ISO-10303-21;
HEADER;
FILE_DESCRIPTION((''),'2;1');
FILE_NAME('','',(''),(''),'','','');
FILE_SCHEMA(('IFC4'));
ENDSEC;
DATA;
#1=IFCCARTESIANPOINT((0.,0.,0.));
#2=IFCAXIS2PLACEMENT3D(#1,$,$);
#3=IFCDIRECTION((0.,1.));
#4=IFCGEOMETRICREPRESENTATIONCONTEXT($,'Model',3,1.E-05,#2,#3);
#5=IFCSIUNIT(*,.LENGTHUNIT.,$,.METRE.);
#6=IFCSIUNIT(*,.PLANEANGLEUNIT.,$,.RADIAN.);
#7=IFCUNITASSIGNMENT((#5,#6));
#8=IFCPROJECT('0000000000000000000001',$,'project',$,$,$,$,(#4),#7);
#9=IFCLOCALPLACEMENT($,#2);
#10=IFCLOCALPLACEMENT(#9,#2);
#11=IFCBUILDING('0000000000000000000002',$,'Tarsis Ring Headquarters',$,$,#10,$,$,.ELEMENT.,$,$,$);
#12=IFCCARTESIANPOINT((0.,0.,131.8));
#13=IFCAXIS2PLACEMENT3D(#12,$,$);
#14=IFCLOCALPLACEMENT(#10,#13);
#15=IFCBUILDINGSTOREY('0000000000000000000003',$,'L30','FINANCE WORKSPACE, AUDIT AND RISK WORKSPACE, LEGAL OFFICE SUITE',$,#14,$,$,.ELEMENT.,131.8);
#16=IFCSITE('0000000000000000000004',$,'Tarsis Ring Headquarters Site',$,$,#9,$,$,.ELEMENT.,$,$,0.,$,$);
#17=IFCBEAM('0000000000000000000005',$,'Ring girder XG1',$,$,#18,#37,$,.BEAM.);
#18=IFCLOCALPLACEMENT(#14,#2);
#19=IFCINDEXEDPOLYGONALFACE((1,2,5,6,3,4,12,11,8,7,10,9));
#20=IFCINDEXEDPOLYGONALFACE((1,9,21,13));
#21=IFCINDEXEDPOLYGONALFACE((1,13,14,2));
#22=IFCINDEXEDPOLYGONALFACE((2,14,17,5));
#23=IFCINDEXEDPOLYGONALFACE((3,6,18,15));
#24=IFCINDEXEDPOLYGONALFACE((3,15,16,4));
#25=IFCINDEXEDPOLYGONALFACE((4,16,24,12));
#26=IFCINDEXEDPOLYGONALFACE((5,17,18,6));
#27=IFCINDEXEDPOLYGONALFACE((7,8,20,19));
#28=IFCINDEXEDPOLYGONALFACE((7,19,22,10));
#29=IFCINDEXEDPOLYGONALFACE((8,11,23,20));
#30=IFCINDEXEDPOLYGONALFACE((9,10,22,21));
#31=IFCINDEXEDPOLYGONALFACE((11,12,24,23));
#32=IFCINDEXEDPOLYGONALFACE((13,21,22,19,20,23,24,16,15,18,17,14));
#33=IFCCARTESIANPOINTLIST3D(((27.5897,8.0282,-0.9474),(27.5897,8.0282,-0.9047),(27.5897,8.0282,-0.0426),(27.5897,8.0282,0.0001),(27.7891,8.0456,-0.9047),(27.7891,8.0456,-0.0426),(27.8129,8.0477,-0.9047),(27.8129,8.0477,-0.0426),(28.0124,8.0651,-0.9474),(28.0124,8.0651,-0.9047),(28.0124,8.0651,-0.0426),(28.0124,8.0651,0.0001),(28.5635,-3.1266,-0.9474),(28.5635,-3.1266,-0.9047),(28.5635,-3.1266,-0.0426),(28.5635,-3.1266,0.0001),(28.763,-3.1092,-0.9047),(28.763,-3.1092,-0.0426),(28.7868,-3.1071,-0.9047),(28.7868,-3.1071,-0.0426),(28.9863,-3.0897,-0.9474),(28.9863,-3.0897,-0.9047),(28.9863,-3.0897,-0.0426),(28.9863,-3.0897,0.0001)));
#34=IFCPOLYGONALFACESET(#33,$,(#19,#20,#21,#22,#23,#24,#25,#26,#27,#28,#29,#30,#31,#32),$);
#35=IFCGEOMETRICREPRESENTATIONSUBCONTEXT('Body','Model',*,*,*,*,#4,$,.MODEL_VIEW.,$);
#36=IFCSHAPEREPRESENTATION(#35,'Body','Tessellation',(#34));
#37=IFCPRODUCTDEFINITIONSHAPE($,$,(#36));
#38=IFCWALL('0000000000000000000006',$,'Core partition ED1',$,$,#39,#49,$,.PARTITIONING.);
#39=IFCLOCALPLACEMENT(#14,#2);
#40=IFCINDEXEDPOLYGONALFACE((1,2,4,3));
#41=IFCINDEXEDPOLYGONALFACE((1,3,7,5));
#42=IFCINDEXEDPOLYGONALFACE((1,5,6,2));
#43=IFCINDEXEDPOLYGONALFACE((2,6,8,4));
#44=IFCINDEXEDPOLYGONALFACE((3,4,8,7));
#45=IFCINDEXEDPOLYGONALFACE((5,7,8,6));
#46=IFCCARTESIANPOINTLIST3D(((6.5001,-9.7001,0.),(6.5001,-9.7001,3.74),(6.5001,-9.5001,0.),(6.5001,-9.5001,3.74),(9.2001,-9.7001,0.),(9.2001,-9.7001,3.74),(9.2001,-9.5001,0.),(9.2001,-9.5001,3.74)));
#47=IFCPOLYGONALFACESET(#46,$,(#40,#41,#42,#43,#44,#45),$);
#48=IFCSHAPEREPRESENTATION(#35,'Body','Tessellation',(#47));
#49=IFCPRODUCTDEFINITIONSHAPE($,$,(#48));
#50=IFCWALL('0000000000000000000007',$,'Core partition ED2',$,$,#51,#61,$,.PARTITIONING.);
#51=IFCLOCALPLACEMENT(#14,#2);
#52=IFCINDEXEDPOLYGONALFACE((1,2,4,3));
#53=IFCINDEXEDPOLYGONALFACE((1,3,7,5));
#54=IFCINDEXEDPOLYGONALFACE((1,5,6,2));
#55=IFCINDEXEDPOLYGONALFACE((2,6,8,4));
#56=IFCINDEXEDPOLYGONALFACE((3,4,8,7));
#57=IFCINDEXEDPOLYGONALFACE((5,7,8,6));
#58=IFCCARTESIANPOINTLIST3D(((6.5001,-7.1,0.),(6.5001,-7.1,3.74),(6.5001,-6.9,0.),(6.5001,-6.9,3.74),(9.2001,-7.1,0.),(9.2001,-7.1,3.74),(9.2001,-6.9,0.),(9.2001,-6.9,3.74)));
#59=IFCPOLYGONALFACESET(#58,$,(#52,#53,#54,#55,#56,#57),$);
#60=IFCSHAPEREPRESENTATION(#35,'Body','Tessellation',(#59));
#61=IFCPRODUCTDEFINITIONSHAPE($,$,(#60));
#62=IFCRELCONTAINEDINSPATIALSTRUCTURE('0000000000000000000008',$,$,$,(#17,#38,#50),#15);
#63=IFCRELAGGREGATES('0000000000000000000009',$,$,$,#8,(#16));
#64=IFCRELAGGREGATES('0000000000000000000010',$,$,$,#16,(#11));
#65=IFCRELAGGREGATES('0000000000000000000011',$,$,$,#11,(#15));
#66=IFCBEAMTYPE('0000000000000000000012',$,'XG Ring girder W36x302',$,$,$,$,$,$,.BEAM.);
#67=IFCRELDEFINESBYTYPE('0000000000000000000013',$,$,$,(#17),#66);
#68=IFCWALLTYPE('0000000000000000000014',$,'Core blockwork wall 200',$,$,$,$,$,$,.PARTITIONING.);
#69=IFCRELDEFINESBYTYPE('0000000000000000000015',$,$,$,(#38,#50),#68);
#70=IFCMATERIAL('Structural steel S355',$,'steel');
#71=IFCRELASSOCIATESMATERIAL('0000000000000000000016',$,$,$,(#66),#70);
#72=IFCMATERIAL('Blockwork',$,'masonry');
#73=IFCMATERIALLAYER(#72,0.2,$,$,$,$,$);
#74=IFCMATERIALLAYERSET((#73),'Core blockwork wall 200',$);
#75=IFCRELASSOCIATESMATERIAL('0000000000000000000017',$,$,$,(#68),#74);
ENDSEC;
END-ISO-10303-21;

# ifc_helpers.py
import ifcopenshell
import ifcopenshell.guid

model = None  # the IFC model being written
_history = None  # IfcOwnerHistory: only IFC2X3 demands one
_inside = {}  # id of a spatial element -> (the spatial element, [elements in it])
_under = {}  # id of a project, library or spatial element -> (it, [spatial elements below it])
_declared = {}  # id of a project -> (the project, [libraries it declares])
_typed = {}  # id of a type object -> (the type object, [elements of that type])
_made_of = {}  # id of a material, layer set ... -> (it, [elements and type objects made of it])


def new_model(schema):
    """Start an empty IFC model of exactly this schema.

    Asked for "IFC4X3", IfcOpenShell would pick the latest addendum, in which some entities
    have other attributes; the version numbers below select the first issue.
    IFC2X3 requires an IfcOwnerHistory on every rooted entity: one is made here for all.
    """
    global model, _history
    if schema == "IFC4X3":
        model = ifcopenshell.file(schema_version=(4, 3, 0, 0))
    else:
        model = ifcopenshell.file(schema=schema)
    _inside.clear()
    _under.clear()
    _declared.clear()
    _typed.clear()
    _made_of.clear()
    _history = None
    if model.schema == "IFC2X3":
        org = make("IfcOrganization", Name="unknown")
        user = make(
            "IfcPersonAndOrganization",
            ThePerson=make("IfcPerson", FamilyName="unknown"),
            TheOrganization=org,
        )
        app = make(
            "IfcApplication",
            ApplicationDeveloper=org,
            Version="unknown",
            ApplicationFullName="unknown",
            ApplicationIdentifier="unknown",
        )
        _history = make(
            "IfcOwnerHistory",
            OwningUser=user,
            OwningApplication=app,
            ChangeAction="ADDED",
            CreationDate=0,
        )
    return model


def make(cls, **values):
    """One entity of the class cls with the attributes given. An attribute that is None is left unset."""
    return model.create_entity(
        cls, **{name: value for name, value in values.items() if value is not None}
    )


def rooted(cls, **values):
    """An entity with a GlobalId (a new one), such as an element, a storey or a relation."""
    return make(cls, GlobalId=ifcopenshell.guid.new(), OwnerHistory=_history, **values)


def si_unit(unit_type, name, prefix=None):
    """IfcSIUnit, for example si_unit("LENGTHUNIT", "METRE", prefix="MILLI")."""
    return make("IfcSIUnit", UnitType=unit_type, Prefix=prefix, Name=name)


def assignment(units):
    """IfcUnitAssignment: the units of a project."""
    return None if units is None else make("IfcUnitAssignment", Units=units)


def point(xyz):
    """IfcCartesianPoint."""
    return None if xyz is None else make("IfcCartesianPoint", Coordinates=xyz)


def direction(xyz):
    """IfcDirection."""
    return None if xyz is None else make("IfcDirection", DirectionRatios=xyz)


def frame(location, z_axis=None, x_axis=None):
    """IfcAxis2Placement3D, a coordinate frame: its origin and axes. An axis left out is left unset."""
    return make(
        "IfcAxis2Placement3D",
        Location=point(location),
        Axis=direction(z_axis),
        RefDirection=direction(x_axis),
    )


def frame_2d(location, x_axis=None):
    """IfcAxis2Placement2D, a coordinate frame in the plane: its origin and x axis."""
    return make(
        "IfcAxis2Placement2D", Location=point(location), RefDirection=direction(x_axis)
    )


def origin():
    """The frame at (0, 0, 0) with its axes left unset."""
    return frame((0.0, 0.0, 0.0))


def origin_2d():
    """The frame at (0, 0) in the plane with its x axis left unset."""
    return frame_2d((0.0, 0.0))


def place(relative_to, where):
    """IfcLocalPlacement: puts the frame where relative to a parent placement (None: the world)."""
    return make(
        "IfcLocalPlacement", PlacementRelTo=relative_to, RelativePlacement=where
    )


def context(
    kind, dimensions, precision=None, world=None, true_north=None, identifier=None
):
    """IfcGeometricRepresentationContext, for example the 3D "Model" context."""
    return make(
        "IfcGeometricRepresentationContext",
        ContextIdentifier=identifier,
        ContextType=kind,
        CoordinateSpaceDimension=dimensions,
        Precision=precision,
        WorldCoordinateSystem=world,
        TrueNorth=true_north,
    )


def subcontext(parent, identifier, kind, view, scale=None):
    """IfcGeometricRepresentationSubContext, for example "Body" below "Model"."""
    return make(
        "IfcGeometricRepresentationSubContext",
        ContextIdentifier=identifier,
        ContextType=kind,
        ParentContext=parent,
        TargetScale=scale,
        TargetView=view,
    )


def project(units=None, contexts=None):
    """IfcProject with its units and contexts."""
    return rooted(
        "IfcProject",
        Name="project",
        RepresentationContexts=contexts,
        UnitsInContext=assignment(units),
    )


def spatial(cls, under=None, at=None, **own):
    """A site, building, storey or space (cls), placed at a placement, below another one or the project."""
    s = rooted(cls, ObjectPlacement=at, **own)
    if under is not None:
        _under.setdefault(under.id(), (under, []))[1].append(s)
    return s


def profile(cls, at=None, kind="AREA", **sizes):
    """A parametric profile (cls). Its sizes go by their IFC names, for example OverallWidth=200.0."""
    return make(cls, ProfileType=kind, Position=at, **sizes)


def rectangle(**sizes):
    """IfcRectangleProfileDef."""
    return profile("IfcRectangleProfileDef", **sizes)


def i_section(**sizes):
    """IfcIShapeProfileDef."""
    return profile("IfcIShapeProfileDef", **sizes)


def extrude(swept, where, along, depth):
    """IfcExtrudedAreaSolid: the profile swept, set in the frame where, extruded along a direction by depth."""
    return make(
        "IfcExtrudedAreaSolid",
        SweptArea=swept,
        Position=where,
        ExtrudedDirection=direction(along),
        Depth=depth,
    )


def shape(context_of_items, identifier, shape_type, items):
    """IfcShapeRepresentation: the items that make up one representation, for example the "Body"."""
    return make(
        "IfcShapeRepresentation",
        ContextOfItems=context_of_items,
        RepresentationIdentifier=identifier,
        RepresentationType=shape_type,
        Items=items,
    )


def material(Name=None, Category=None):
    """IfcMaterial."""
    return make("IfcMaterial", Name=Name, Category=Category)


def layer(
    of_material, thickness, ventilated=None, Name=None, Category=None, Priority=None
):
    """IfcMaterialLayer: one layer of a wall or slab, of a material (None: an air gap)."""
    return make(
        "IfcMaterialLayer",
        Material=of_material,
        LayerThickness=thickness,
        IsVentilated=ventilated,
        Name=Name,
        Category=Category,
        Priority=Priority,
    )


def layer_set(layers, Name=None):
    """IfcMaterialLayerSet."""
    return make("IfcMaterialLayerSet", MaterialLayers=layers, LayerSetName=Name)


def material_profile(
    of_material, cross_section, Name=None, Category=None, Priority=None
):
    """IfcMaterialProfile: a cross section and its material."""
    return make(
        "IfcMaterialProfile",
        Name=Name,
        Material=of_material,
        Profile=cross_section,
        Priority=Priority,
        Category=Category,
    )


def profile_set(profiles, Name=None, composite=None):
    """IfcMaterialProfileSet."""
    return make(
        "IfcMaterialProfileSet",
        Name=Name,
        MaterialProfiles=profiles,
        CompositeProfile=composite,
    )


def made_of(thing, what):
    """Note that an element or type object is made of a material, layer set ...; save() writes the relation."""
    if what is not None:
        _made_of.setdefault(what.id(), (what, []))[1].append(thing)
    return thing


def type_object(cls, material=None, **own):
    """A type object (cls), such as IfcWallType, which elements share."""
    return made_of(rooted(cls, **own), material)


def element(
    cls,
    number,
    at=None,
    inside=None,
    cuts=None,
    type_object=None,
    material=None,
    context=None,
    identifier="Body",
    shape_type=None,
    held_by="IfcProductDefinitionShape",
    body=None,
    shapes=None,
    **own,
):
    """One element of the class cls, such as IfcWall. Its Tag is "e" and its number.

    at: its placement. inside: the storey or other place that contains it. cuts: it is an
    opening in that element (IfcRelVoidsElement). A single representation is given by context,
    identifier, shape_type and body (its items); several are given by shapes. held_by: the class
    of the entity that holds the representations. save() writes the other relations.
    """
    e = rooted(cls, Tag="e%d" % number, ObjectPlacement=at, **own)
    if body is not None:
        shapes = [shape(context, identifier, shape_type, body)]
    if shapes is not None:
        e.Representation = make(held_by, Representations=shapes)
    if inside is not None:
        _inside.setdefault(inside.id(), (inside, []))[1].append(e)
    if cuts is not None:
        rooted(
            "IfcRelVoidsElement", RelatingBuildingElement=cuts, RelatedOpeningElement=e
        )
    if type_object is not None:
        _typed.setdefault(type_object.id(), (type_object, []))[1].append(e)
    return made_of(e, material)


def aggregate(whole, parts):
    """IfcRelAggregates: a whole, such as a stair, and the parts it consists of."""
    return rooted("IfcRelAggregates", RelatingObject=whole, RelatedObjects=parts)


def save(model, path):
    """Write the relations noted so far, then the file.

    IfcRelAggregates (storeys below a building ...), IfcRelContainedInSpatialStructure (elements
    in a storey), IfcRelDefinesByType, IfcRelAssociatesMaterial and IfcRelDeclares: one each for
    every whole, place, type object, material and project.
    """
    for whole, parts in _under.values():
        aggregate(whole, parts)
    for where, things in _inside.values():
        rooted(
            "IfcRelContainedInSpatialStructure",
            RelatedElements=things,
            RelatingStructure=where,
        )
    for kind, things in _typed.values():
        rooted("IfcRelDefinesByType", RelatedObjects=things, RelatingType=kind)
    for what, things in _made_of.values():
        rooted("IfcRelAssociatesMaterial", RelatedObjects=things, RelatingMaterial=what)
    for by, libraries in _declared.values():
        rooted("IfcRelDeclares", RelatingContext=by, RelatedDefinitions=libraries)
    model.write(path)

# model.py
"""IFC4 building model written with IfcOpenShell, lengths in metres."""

from ifc_helpers import new_model, si_unit, direction, frame, frame_2d, origin, origin_2d, place, context, subcontext, project, spatial, rectangle, i_section, extrude, material, layer, layer_set, material_profile, profile_set, type_object, element, save


model = new_model("IFC4")

# Units and contexts
model_context = context("Model", 3, precision=1e-05, world=origin(), true_north=direction((0.0, 1.0)))
body_context = subcontext(model_context, "Body", "Model", "MODEL_VIEW")
ifc_project = project(units=[si_unit("LENGTHUNIT", "METRE"), si_unit("PLANEANGLEUNIT", "RADIAN")], contexts=[model_context])

# Site, building, storey
site_placement = place(None, origin())
site = spatial("IfcSite", under=ifc_project, at=site_placement, Name="Tarsis Ring Headquarters Site", CompositionType="ELEMENT", RefElevation=0.0)
building_placement = place(site_placement, origin())
building = spatial("IfcBuilding", under=site, at=building_placement, Name="Tarsis Ring Headquarters", CompositionType="ELEMENT")
storey_placement = place(building_placement, frame((0.0, 0.0, 131.8)))
storey = spatial("IfcBuildingStorey", under=building, at=storey_placement, Name="L30", Description="FINANCE WORKSPACE, AUDIT AND RISK WORKSPACE, LEGAL OFFICE SUITE", CompositionType="ELEMENT", Elevation=131.8)

# Shared definitions
ifc_material_1 = material(Name="Structural steel S355", Category="steel")

# Beam
ifc_material_profile_1 = material_profile(ifc_material_1, i_section(OverallWidth=0.4243, OverallDepth=0.9475, WebThickness=0.0239, FlangeThickness=0.0427, at=origin_2d()), Name="W36x302")
ifc_profile_set_1 = profile_set([ifc_material_profile_1], Name="Structural steel S355")
beam_type_1 = type_object("IfcBeamType", Name="XG Ring girder W36x302", PredefinedType="BEAM", material=ifc_profile_set_1)
beam_1_placement = place(storey_placement, frame((28.7749, -3.1082, -0.4736), z_axis=(-0.086975, 0.996211, 0.0), x_axis=(-0.996211, -0.086975, 0.0)))
element("IfcBeam", 1, at=beam_1_placement, inside=storey, type_object=beam_type_1, Name="Ring girder XG1", PredefinedType="BEAM", context=body_context, shape_type="SweptSolid", body=[
    extrude(i_section(OverallWidth=0.4243, OverallDepth=0.9475, WebThickness=0.0239, FlangeThickness=0.0427, at=origin_2d()), origin(), (0.0, 0.0, 1.0), 11.1973),
])

# Walls
ifc_material_2 = material(Name="Blockwork", Category="masonry")
ifc_layer_1 = layer(ifc_material_2, 0.2)
ifc_layer_set_1 = layer_set([ifc_layer_1], Name="Core blockwork wall 200")
wall_type_1 = type_object("IfcWallType", Name="Core blockwork wall 200", PredefinedType="PARTITIONING", material=ifc_layer_set_1)
for number, where, z_axis, x_axis, name in (
    (2, (6.5, -9.6001, 0.0), (0.0, 0.0, 1.0), (1.0, 0.0, 0.0), "Core partition ED1"),
    (3, (6.5, -7.0, 0.0), (0.0, 0.0, 1.0), (1.0, 0.0, 0.0), "Core partition ED2"),
):
    element("IfcWall", number, at=place(storey_placement, frame(where, z_axis=z_axis, x_axis=x_axis)), inside=storey, type_object=wall_type_1, Name=name, PredefinedType="PARTITIONING", context=body_context, shape_type="SweptSolid", body=[
        extrude(rectangle(XDim=2.7, YDim=0.2, at=frame_2d((1.3501, 0.0))), origin(), (0.0, 0.0, 1.0), 3.74),
    ])

save(model, "model.ifc")
